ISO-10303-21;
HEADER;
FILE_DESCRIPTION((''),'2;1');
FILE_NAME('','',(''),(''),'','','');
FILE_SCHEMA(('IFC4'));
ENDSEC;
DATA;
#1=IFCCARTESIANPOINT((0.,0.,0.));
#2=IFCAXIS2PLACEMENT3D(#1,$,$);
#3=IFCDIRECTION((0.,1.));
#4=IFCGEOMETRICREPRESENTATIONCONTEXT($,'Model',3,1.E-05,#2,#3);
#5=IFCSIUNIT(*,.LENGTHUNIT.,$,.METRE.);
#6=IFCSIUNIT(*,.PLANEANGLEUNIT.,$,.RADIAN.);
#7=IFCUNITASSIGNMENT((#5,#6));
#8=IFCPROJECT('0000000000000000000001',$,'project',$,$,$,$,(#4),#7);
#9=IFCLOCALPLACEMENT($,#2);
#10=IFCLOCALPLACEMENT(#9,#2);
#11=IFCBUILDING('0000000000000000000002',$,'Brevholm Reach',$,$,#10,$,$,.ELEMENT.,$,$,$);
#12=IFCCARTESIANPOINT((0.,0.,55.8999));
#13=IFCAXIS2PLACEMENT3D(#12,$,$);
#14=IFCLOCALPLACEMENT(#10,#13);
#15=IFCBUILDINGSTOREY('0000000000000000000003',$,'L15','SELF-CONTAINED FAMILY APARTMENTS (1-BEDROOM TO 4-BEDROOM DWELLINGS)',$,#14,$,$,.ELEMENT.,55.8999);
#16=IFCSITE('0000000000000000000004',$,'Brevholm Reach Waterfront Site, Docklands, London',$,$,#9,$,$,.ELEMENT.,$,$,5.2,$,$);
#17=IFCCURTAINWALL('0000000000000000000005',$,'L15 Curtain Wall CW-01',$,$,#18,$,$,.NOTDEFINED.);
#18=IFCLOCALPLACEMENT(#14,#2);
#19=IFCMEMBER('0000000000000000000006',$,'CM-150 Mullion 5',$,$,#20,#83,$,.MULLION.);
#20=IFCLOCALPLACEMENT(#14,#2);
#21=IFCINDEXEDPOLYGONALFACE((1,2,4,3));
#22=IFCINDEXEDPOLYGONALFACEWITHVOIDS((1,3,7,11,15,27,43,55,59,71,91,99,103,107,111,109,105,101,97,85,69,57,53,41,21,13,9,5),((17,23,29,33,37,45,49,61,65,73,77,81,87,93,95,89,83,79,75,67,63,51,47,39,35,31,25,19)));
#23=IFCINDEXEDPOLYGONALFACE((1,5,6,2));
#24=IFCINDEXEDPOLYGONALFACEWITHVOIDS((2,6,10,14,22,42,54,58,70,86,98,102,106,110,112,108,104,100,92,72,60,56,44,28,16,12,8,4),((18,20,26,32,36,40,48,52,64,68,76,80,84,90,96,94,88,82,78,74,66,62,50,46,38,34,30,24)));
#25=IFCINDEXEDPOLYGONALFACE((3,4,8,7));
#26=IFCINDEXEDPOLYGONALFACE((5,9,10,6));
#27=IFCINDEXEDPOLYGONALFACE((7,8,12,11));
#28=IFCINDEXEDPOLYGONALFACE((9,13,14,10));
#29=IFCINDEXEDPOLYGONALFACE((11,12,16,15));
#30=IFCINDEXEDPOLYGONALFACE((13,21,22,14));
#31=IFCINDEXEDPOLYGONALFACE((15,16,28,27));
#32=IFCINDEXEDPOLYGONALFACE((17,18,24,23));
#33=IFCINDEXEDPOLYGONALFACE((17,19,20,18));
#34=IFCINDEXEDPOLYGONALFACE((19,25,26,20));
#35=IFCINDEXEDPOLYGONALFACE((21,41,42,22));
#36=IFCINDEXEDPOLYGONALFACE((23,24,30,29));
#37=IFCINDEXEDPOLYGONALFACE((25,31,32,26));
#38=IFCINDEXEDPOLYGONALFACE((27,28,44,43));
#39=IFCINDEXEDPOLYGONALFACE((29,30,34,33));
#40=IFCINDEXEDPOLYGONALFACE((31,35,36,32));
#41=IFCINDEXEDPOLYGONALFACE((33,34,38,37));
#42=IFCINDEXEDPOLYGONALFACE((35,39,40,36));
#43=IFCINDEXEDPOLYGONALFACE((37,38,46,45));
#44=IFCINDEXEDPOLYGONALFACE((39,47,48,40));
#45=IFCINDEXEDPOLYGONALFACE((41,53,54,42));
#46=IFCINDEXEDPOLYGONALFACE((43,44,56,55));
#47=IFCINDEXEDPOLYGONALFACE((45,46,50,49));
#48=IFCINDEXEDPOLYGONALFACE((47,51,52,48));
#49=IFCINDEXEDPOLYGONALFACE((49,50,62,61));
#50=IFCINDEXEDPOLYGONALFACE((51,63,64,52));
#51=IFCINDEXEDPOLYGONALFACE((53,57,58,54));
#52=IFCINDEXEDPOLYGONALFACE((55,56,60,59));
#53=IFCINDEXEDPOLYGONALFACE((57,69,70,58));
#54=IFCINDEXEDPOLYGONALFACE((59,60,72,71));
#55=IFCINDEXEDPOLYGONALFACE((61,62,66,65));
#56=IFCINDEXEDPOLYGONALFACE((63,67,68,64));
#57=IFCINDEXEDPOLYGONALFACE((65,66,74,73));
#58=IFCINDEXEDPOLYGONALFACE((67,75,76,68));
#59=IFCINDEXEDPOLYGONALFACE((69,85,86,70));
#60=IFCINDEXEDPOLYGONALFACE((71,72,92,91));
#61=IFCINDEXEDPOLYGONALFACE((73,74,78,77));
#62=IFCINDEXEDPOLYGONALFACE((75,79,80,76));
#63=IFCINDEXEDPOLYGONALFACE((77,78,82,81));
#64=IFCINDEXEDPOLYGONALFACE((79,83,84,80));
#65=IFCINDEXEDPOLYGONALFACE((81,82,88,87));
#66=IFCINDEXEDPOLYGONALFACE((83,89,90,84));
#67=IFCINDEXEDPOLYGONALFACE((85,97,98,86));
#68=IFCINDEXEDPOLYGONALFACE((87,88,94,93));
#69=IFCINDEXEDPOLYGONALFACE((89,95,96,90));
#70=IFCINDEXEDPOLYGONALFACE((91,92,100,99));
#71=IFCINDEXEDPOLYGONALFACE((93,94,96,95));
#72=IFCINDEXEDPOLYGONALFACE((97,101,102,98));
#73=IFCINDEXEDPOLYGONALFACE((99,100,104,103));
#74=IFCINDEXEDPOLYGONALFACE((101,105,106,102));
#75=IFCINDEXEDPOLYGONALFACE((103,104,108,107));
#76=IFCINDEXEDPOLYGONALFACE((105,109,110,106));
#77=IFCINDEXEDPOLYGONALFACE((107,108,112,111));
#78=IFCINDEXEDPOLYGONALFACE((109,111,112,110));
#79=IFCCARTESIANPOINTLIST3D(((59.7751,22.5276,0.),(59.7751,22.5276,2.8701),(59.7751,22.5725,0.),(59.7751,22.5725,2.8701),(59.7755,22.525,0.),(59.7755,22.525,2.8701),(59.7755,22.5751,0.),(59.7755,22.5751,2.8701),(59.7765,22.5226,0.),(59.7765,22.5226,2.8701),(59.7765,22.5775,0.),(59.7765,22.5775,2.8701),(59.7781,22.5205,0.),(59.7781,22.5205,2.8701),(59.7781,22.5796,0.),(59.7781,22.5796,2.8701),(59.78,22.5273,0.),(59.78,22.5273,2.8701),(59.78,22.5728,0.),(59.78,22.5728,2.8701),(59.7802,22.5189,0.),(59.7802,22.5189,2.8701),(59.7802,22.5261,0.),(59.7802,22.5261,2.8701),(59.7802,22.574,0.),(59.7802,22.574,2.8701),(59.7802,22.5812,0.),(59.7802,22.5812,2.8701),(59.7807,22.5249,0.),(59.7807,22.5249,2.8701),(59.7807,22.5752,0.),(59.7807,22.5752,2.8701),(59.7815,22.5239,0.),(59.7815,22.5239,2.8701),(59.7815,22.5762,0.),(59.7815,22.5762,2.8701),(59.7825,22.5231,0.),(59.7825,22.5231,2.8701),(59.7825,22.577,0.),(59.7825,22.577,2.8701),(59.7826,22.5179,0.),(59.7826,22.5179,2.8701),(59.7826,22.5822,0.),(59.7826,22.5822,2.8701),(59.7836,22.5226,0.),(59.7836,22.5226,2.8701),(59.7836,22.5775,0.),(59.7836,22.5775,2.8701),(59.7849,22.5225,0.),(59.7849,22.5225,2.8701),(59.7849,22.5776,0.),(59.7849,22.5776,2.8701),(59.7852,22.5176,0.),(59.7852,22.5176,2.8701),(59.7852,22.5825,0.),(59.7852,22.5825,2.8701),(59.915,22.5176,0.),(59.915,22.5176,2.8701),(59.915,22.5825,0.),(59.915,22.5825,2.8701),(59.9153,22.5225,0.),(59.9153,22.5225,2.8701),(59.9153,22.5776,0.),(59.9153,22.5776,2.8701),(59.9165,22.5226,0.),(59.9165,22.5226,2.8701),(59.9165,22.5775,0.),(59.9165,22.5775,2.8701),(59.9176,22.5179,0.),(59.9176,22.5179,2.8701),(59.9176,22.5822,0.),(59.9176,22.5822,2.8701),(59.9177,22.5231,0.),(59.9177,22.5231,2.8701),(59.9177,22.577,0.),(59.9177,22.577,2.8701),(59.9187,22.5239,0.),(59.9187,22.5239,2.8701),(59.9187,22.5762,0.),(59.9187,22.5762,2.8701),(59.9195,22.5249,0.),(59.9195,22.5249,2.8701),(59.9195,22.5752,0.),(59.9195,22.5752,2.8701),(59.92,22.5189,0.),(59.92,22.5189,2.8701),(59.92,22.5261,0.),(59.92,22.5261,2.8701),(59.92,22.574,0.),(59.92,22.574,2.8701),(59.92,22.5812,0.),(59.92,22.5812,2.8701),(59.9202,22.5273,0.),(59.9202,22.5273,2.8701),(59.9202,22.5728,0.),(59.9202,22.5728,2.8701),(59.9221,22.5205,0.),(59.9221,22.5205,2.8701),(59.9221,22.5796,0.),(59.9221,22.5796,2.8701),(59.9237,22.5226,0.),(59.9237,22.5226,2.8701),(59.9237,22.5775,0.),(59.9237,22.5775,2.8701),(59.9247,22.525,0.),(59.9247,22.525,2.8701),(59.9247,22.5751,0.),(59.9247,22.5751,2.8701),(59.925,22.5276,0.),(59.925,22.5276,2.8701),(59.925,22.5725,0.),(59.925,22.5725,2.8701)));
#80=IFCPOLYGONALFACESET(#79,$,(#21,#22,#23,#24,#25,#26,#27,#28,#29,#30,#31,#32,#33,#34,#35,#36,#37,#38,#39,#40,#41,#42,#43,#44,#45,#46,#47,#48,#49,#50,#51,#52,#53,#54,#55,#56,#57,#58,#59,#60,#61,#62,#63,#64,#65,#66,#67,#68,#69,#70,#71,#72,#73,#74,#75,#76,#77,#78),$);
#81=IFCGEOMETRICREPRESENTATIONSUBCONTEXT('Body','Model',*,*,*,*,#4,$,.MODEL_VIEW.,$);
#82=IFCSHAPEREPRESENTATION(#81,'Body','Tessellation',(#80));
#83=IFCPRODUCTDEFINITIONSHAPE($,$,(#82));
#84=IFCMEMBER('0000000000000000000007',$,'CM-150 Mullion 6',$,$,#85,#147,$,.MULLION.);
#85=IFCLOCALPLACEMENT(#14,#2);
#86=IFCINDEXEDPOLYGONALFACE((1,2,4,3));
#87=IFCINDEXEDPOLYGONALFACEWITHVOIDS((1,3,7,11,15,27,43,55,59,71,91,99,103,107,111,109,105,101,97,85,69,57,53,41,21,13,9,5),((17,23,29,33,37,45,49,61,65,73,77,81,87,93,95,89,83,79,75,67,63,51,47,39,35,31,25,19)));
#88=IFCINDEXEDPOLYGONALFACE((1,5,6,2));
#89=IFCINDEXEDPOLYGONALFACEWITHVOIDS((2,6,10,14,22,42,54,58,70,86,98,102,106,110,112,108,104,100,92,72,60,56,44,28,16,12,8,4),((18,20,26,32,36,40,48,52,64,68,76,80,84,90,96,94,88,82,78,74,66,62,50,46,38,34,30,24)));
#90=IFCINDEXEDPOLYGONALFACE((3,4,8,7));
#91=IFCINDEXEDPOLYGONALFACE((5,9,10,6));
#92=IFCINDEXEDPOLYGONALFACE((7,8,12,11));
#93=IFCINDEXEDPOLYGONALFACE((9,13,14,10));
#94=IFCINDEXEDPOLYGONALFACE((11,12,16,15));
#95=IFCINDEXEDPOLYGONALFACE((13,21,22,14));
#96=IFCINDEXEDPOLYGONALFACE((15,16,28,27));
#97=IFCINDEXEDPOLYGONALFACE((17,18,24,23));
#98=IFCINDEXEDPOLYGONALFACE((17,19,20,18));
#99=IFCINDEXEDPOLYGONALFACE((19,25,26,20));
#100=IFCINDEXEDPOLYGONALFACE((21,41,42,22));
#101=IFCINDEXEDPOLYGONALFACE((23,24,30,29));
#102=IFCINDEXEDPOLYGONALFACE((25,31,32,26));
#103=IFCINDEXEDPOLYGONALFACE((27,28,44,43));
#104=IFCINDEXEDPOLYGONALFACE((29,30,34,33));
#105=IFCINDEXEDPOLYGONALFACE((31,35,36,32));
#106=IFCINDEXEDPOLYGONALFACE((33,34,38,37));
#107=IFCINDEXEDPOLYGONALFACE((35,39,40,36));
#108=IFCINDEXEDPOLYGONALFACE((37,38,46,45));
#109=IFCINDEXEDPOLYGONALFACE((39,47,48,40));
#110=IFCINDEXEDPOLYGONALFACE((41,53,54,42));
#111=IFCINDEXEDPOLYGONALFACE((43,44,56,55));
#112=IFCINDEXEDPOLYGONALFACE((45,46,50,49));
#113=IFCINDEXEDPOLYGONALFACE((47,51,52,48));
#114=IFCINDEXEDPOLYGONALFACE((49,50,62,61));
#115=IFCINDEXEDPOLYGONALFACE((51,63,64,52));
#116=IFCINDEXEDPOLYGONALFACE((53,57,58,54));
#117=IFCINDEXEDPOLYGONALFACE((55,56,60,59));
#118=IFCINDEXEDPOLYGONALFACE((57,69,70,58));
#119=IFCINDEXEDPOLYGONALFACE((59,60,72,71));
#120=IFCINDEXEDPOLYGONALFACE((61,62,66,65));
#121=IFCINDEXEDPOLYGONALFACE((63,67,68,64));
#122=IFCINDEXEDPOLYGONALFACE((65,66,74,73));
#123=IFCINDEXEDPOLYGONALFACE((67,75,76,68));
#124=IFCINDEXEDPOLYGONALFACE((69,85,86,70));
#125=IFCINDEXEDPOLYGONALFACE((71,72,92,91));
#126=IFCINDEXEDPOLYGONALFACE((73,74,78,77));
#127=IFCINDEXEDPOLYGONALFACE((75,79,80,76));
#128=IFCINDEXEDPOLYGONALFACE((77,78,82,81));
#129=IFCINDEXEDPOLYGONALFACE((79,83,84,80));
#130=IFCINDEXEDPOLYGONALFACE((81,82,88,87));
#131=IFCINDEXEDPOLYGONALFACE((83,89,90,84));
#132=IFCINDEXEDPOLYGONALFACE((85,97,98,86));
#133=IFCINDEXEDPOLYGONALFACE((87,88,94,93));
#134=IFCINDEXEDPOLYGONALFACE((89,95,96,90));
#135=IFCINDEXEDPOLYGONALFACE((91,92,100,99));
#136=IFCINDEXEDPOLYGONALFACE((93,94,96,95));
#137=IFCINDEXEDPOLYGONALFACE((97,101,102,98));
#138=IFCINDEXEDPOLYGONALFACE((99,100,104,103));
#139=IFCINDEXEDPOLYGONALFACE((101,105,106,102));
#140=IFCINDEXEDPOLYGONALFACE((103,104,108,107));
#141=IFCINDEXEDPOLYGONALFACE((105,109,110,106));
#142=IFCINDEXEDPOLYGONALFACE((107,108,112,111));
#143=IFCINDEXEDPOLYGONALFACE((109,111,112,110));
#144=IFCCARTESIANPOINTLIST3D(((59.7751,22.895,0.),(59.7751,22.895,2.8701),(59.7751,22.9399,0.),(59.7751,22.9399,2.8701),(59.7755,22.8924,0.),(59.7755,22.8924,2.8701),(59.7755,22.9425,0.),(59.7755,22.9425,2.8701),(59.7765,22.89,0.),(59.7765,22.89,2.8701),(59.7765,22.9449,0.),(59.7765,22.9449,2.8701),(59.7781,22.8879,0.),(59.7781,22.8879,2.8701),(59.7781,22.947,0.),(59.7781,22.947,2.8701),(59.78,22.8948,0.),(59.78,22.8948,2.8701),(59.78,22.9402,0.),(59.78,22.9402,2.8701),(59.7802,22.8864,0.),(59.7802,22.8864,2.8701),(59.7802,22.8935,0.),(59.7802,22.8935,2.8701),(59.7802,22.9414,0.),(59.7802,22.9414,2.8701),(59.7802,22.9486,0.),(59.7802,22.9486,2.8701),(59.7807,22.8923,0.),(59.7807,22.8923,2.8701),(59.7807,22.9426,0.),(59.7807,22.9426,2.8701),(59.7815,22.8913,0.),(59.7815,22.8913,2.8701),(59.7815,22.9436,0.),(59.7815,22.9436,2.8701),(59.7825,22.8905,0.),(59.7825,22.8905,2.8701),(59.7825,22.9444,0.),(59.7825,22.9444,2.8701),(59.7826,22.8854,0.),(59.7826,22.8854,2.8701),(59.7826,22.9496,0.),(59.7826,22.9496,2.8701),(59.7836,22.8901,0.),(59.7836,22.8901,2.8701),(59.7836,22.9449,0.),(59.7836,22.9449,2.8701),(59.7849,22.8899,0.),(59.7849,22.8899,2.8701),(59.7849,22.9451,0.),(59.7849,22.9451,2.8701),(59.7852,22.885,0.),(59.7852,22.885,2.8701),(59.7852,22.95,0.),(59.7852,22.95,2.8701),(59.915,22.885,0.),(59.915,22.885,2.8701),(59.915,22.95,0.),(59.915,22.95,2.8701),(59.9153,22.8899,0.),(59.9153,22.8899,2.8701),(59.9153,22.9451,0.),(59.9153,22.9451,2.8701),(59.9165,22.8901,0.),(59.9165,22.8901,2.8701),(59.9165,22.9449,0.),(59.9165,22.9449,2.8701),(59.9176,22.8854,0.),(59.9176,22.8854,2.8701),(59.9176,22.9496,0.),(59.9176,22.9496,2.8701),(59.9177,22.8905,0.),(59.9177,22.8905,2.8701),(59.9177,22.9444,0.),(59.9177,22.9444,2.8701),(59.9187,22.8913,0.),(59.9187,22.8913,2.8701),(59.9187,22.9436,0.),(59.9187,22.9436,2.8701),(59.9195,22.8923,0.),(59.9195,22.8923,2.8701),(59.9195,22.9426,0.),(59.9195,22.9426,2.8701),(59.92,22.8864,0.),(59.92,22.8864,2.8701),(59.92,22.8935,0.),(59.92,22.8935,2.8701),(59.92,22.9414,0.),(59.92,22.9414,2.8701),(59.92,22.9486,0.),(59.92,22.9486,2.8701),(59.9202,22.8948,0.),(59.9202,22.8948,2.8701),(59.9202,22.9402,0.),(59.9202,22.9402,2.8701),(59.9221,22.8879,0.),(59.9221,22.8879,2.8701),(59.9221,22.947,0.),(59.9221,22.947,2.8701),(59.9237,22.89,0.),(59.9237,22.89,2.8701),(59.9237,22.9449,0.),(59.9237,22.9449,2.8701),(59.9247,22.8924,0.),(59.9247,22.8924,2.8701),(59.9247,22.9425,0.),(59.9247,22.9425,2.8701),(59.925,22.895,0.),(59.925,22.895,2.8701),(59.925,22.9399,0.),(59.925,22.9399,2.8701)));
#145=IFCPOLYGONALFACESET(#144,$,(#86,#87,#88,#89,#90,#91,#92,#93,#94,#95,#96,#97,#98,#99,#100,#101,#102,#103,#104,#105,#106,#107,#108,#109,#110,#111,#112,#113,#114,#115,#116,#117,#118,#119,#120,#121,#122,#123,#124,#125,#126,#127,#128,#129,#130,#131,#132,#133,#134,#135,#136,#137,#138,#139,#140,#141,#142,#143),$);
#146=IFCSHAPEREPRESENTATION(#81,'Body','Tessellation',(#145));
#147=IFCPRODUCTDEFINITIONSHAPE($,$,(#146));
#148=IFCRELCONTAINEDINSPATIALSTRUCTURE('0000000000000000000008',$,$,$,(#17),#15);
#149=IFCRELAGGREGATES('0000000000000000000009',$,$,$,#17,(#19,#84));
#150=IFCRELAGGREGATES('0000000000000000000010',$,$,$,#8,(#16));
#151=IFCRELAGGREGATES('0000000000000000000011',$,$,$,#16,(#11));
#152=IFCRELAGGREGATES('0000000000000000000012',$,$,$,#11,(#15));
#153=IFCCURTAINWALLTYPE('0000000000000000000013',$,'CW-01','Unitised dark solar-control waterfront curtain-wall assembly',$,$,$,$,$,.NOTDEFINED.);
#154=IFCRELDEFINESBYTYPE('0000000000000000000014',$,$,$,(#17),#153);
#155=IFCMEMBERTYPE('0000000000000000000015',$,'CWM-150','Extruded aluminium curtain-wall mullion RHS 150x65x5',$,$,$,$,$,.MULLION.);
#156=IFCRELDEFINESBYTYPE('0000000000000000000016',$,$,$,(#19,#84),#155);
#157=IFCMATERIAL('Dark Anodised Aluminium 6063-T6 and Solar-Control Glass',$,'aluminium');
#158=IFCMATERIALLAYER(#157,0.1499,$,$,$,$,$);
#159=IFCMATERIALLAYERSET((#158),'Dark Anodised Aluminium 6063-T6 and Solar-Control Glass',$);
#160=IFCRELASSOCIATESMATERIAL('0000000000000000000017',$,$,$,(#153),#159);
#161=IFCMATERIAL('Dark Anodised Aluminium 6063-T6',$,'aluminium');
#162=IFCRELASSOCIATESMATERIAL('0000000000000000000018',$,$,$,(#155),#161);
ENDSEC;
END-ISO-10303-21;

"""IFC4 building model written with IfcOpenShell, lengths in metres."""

from ifc_helpers import new_model, si_unit, direction, frame, origin, origin_2d, place, context, subcontext, project, spatial, hollow_rectangle, extrude, material, layer, layer_set, material_profile, profile_set, type_object, element, aggregate, save


model = new_model("IFC4")

# Units and contexts
model_context = context("Model", 3, precision=1e-05, world=origin(), true_north=direction((0.0, 1.0)))
body_context = subcontext(model_context, "Body", "Model", "MODEL_VIEW")
ifc_project = project(units=[si_unit("LENGTHUNIT", "METRE"), si_unit("PLANEANGLEUNIT", "RADIAN")], contexts=[model_context])

# Site, building, storey
site_placement = place(None, origin())
site = spatial("IfcSite", under=ifc_project, at=site_placement, Name="Brevholm Reach Waterfront Site, Docklands, London", CompositionType="ELEMENT", RefElevation=5.2)
building_placement = place(site_placement, origin())
building = spatial("IfcBuilding", under=site, at=building_placement, Name="Brevholm Reach", CompositionType="ELEMENT")
storey_placement = place(building_placement, frame((0.0, 0.0, 55.8999)))
storey = spatial("IfcBuildingStorey", under=building, at=storey_placement, Name="L15", Description="SELF-CONTAINED FAMILY APARTMENTS (1-BEDROOM TO 4-BEDROOM DWELLINGS)", CompositionType="ELEMENT", Elevation=55.8999)

# Curtain wall, members
ifc_material_1 = material(Name="Dark Anodised Aluminium 6063-T6 and Solar-Control Glass", Category="aluminium")
ifc_layer_1 = layer(ifc_material_1, 0.1499)
ifc_layer_set_1 = layer_set([ifc_layer_1], Name="Dark Anodised Aluminium 6063-T6 and Solar-Control Glass")
curtain_wall_type = type_object("IfcCurtainWallType", Name="CW-01", Description="Unitised dark solar-control waterfront curtain-wall assembly", PredefinedType="NOTDEFINED", material=ifc_layer_set_1)
curtain_wall_placement = place(storey_placement, origin())
curtain_wall = element("IfcCurtainWall", 1, at=curtain_wall_placement, inside=storey, type_object=curtain_wall_type, Name="L15 Curtain Wall CW-01", PredefinedType="NOTDEFINED")
ifc_material_2 = material(Name="Dark Anodised Aluminium 6063-T6", Category="aluminium")
ifc_material_profile_1 = material_profile(ifc_material_2, hollow_rectangle(XDim=0.0649, YDim=0.1499, WallThickness=0.0049, InnerFilletRadius=0.0049, OuterFilletRadius=0.01, at=origin_2d()), Name="RHS 150x65x5")
ifc_profile_set_1 = profile_set([ifc_material_profile_1], Name="Dark Anodised Aluminium 6063-T6")
member_type_1 = type_object("IfcMemberType", Name="CWM-150", Description="Extruded aluminium curtain-wall mullion RHS 150x65x5", PredefinedType="MULLION", material=ifc_profile_set_1)
member_1_placement = place(storey_placement, frame((59.8501, 22.55, 0.0), z_axis=(0.0, 0.0, 1.0), x_axis=(0.0, 1.0, 0.0)))
member_1 = element("IfcMember", 2, at=member_1_placement, type_object=member_type_1, Name="CM-150 Mullion 5", PredefinedType="MULLION", context=body_context, shape_type="SweptSolid", body=[
    extrude(hollow_rectangle(XDim=0.0649, YDim=0.1499, WallThickness=0.0049, InnerFilletRadius=0.0049, OuterFilletRadius=0.01, at=origin_2d()), origin(), (0.0, 0.0, 1.0), 2.8701),
])
member_2_placement = place(storey_placement, frame((59.8501, 22.9175, 0.0), z_axis=(0.0, 0.0, 1.0), x_axis=(0.0, 1.0, 0.0)))
member_2 = element("IfcMember", 3, at=member_2_placement, type_object=member_type_1, Name="CM-150 Mullion 6", PredefinedType="MULLION", context=body_context, shape_type="SweptSolid", body=[
    extrude(hollow_rectangle(XDim=0.0649, YDim=0.1499, WallThickness=0.0049, InnerFilletRadius=0.0049, OuterFilletRadius=0.01, at=origin_2d()), origin(), (0.0, 0.0, 1.0), 2.8701),
])
aggregate(curtain_wall, [member_1, member_2])

save(model, "model.ifc")
